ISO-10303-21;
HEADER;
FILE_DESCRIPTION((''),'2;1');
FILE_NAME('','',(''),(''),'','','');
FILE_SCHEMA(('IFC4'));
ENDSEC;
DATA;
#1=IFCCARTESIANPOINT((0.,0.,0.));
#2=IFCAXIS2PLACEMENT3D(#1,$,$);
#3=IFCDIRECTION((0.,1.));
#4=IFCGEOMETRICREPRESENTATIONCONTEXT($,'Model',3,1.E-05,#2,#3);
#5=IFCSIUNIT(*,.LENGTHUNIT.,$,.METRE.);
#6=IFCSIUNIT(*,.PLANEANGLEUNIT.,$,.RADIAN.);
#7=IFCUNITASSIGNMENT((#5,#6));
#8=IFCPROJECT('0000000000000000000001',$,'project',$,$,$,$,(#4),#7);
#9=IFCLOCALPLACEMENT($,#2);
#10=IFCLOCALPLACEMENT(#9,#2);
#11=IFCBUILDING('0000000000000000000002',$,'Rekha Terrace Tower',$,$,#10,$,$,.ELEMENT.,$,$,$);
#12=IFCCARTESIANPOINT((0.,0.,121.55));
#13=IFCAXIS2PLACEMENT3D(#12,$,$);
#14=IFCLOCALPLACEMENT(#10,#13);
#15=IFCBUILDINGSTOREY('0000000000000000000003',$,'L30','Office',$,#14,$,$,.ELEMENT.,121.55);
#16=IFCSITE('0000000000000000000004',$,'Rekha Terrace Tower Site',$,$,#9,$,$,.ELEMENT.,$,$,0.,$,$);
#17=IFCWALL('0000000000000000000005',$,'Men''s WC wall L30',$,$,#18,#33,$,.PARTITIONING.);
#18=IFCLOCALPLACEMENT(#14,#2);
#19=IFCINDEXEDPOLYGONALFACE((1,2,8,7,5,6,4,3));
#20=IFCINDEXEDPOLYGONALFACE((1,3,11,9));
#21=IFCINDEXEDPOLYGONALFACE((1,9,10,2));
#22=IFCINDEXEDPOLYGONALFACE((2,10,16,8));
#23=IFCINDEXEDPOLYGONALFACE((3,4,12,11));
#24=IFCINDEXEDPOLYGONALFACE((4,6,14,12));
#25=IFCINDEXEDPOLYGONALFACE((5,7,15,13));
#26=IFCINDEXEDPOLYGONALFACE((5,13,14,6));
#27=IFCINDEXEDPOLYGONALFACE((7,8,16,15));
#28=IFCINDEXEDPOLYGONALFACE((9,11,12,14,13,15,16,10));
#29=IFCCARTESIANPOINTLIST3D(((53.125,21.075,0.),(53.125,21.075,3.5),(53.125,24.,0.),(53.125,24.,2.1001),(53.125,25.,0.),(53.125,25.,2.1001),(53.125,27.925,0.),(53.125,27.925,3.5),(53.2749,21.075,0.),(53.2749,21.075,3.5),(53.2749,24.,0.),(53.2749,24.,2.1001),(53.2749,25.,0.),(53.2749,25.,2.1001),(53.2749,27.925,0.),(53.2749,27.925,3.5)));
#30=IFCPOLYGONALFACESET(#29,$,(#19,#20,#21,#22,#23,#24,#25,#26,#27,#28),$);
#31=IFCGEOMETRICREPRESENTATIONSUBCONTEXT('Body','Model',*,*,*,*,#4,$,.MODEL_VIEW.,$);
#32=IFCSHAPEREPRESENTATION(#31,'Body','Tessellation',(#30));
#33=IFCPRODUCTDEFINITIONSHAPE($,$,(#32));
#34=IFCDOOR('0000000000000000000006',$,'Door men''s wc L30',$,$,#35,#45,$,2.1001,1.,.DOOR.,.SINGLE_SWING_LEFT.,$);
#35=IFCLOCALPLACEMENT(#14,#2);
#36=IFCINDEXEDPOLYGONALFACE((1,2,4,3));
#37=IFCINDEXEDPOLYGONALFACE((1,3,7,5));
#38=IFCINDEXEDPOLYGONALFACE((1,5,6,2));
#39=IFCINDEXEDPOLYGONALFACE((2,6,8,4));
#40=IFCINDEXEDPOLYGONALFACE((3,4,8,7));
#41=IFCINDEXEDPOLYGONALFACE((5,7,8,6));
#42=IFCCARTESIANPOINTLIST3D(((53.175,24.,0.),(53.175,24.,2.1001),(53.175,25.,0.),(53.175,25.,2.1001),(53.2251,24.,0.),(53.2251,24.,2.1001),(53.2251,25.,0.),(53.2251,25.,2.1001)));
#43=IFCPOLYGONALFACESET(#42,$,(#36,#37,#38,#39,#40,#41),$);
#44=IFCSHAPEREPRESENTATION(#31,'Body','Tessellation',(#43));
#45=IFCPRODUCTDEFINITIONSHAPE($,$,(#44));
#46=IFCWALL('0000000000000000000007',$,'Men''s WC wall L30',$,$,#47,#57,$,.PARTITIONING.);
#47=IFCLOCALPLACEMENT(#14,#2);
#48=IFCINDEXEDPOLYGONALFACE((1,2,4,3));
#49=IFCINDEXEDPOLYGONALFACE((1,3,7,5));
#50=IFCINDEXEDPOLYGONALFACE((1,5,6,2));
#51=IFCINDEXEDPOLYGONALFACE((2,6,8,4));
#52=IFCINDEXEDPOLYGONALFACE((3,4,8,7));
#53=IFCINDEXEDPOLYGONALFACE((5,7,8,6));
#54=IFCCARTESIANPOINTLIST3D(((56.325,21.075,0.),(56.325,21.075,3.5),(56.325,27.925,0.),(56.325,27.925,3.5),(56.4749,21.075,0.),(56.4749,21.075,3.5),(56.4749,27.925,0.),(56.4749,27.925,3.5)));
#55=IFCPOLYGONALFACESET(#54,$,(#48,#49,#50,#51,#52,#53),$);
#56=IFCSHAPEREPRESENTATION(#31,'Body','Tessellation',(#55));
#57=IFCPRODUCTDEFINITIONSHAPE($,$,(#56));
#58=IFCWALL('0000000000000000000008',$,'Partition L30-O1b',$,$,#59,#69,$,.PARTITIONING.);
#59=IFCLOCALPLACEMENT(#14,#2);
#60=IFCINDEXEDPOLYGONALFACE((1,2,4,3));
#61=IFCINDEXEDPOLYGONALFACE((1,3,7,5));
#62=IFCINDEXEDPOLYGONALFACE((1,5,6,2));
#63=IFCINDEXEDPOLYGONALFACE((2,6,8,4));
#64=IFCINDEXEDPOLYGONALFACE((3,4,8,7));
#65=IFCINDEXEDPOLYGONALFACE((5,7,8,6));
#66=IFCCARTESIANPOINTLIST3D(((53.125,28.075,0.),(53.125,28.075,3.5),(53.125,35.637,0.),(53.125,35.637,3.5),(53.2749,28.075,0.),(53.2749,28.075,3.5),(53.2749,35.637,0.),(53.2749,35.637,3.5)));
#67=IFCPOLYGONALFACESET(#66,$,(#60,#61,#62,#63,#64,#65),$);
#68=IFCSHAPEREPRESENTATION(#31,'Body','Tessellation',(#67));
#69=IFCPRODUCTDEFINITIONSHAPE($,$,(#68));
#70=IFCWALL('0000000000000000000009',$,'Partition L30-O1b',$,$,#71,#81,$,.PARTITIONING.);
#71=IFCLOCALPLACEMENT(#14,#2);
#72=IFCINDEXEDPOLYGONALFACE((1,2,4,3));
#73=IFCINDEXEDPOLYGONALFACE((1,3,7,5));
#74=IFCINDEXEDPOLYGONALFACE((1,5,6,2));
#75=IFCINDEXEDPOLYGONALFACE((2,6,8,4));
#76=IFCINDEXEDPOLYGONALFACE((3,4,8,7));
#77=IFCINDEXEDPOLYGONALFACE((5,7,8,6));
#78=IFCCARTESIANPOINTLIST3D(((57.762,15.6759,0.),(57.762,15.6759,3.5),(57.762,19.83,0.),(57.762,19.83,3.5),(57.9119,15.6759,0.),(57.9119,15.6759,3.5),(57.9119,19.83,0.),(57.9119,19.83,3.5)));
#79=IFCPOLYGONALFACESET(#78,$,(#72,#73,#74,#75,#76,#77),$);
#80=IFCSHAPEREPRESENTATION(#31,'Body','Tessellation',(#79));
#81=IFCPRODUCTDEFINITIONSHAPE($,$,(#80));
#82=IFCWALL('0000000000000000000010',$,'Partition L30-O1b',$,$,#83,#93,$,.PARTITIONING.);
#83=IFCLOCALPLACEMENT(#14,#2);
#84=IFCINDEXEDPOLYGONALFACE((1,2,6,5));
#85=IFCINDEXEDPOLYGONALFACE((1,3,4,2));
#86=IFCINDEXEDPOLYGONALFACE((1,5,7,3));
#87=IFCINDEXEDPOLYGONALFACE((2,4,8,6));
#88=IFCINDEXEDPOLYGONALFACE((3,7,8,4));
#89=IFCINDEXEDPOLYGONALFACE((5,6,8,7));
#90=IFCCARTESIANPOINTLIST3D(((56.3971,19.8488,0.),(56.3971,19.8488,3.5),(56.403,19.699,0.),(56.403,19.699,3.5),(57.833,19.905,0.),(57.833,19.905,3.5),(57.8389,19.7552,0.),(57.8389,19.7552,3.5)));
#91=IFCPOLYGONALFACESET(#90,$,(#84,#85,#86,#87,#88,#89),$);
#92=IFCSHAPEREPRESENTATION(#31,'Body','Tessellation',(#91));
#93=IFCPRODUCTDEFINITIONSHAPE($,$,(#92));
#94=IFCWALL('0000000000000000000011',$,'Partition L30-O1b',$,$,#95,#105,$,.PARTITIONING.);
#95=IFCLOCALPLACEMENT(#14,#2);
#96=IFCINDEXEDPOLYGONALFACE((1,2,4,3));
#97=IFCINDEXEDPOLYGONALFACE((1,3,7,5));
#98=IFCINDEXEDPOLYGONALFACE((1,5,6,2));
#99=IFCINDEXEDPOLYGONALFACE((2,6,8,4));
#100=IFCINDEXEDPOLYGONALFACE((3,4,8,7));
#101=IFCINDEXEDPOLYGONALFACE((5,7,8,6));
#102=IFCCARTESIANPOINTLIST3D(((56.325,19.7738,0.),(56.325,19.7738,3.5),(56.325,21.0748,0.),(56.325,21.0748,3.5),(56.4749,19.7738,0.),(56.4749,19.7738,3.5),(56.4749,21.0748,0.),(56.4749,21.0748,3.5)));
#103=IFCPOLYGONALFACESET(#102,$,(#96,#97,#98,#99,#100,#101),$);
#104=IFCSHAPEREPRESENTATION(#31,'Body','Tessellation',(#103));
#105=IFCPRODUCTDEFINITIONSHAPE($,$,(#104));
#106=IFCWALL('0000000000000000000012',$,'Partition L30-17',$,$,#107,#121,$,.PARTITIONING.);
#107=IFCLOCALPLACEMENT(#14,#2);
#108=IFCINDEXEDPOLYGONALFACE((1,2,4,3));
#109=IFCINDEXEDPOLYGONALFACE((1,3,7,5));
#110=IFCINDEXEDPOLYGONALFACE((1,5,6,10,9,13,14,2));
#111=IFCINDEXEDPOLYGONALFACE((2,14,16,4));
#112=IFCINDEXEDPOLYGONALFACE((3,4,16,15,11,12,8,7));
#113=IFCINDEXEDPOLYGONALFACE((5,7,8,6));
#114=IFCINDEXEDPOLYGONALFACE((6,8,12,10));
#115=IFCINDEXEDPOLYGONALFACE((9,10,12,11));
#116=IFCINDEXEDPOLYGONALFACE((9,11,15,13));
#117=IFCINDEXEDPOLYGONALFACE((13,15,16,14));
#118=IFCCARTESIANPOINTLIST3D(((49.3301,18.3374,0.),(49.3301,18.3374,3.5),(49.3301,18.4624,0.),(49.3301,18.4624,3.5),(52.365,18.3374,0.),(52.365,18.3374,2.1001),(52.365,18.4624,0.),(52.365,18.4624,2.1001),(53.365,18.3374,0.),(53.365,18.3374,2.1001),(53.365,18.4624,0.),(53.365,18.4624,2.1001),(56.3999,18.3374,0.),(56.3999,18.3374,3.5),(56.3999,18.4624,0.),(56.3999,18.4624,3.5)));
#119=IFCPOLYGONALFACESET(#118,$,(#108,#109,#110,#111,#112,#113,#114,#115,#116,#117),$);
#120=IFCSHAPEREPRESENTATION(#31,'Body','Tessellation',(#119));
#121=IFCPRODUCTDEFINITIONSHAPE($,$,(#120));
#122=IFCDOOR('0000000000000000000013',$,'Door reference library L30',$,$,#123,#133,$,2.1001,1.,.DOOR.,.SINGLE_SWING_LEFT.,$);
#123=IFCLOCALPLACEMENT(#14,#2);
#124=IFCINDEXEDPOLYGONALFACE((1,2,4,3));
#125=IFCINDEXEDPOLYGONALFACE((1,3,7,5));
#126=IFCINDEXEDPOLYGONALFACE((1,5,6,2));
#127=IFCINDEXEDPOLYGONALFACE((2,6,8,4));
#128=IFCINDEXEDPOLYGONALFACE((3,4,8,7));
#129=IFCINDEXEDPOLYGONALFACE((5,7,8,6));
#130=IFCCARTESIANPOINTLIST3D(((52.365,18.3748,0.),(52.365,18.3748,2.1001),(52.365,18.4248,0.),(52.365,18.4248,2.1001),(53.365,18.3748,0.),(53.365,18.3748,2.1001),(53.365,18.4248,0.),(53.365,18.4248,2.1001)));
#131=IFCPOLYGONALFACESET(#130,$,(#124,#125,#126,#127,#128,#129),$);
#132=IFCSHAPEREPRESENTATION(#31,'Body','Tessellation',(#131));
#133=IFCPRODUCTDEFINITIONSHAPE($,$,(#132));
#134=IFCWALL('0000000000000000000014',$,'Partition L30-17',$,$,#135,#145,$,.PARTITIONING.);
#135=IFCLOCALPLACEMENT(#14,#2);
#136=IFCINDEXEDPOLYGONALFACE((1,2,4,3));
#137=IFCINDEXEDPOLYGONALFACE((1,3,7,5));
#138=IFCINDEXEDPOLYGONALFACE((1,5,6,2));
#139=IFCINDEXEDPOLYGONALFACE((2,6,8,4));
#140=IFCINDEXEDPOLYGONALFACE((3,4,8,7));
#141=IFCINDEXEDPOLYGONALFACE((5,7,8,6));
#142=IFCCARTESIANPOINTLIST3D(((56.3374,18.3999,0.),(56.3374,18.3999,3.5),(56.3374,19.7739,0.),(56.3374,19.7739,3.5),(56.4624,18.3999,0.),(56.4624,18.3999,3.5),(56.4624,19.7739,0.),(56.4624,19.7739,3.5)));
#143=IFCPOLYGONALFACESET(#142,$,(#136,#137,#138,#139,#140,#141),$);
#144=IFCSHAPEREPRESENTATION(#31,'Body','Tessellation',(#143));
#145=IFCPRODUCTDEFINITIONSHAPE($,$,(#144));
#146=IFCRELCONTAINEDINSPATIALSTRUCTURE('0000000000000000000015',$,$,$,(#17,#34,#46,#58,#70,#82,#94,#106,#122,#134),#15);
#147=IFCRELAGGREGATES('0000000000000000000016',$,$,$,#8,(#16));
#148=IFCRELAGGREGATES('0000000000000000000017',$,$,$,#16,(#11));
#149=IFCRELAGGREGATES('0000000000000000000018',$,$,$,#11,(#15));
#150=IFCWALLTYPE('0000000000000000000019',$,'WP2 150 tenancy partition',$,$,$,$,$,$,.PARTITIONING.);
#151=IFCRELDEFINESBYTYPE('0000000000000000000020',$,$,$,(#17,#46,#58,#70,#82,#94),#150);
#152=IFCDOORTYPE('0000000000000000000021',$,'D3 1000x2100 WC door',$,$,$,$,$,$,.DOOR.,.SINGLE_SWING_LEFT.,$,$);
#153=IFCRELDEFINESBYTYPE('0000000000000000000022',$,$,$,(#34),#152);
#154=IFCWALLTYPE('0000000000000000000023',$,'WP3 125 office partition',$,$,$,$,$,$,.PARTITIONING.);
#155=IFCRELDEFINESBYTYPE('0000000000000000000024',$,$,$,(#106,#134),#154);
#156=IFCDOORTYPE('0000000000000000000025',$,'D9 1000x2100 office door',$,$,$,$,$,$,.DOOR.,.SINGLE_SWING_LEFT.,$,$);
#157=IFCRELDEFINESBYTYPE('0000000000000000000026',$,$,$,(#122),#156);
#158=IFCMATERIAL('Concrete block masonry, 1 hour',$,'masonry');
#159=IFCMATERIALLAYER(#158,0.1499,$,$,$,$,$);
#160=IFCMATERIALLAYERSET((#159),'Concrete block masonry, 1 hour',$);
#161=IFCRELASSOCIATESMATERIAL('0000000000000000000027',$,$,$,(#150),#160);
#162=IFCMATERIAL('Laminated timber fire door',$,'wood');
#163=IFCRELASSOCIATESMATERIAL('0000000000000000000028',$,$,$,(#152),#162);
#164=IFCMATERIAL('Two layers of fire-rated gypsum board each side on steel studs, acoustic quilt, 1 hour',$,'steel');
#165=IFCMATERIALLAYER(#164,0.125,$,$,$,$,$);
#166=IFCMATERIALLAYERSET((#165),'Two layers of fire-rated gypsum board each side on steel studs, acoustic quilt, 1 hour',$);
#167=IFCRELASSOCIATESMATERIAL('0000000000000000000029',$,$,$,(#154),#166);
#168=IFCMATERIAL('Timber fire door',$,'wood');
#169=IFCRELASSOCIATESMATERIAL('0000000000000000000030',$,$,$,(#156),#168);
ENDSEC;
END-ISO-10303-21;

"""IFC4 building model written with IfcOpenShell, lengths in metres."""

from ifc_helpers import new_model, si_unit, direction, frame, frame_2d, origin, place, context, subcontext, project, spatial, rectangle, extrude, material, layer, layer_set, type_object, element, fill, save


model = new_model("IFC4")

# Units and contexts
model_context = context("Model", 3, precision=1e-05, world=origin(), true_north=direction((0.0, 1.0)))
body_context = subcontext(model_context, "Body", "Model", "MODEL_VIEW")
ifc_project = project(units=[si_unit("LENGTHUNIT", "METRE"), si_unit("PLANEANGLEUNIT", "RADIAN")], contexts=[model_context])

# Site, building, storey
site_placement = place(None, origin())
site = spatial("IfcSite", under=ifc_project, at=site_placement, Name="Rekha Terrace Tower Site", CompositionType="ELEMENT", RefElevation=0.0)
building_placement = place(site_placement, origin())
building = spatial("IfcBuilding", under=site, at=building_placement, Name="Rekha Terrace Tower", CompositionType="ELEMENT")
storey_placement = place(building_placement, frame((0.0, 0.0, 121.55)))
storey = spatial("IfcBuildingStorey", under=building, at=storey_placement, Name="L30", Description="Office", CompositionType="ELEMENT", Elevation=121.55)

# Shared definitions
ifc_material_1 = material(Name="Concrete block masonry, 1 hour", Category="masonry")
ifc_layer_1 = layer(ifc_material_1, 0.1499)
ifc_layer_set_1 = layer_set([ifc_layer_1], Name="Concrete block masonry, 1 hour")
wall_type_1 = type_object("IfcWallType", Name="WP2 150 tenancy partition", PredefinedType="PARTITIONING", material=ifc_layer_set_1)

# Wall, opening, door
wall_1_placement = place(storey_placement, frame((53.2, 21.075, 0.0), z_axis=(0.0, 0.0, 1.0), x_axis=(0.0, 1.0, 0.0)))
wall_1 = element("IfcWall", 1, at=wall_1_placement, inside=storey, type_object=wall_type_1, Name="Men's WC wall L30", PredefinedType="PARTITIONING", context=body_context, shape_type="SweptSolid", body=[
    extrude(rectangle(XDim=6.8501, YDim=0.1499, at=frame_2d((3.425, 0.0))), origin(), (0.0, 0.0, 1.0), 3.5),
])
opening_1_placement = place(wall_1_placement, frame((2.925, 0.0, 0.0)))
opening_1 = element("IfcOpeningElement", 2, at=opening_1_placement, cuts=wall_1, PredefinedType="OPENING", context=body_context, shape_type="SweptSolid", body=[
    extrude(rectangle(XDim=1.0, YDim=2.1001, at=frame_2d((0.5, 1.05))), frame((0.0, 0.085, 0.0), z_axis=(0.0, -1.0, 0.0), x_axis=(1.0, 0.0, 0.0)), (0.0, 0.0, 1.0), 0.1699),
])
ifc_material_2 = material(Name="Laminated timber fire door", Category="wood")
door_type_1 = type_object("IfcDoorType", Name="D3 1000x2100 WC door", OperationType="SINGLE_SWING_LEFT", PredefinedType="DOOR", material=ifc_material_2)
door_1_placement = place(opening_1_placement, origin())
door_1 = element("IfcDoor", 3, at=door_1_placement, inside=storey, type_object=door_type_1, Name="Door men's wc L30", OperationType="SINGLE_SWING_LEFT", OverallHeight=2.1001, OverallWidth=1.0, PredefinedType="DOOR", context=body_context, shape_type="SweptSolid", body=[
    extrude(rectangle(XDim=1.0, YDim=2.1001, at=frame_2d((0.5, 1.05))), frame((0.0, 0.0249, 0.0), z_axis=(0.0, -1.0, 0.0), x_axis=(1.0, 0.0, 0.0)), (0.0, 0.0, 1.0), 0.05),
])
fill(opening_1, door_1)

# Walls
wall_2_placement = place(storey_placement, frame((56.3999, 21.075, 0.0), z_axis=(0.0, 0.0, 1.0), x_axis=(0.0, 1.0, 0.0)))
element("IfcWall", 4, at=wall_2_placement, inside=storey, type_object=wall_type_1, Name="Men's WC wall L30", PredefinedType="PARTITIONING", context=body_context, shape_type="SweptSolid", body=[
    extrude(rectangle(XDim=6.8501, YDim=0.1499, at=frame_2d((3.425, 0.0))), origin(), (0.0, 0.0, 1.0), 3.5),
])
wall_3_placement = place(storey_placement, frame((53.2, 28.075, 0.0), z_axis=(0.0, 0.0, 1.0), x_axis=(0.0, 1.0, 0.0)))
element("IfcWall", 5, at=wall_3_placement, inside=storey, type_object=wall_type_1, Name="Partition L30-O1b", PredefinedType="PARTITIONING", context=body_context, shape_type="SweptSolid", body=[
    extrude(rectangle(XDim=7.562, YDim=0.1499, at=frame_2d((3.781, 0.0))), origin(), (0.0, 0.0, 1.0), 3.5),
])
wall_4_placement = place(storey_placement, frame((57.8369, 19.8301, 0.0), z_axis=(0.0, 0.0, 1.0), x_axis=(0.0, -1.0, 0.0)))
element("IfcWall", 6, at=wall_4_placement, inside=storey, type_object=wall_type_1, Name="Partition L30-O1b", PredefinedType="PARTITIONING", context=body_context, shape_type="SweptSolid", body=[
    extrude(rectangle(XDim=4.1541, YDim=0.1499, at=frame_2d((2.0771, 0.0))), origin(), (0.0, 0.0, 1.0), 3.5),
])
wall_5_placement = place(storey_placement, frame((57.8359, 19.8301, 0.0), z_axis=(0.0, 0.0, 1.0), x_axis=(-0.999236, -0.039072, 0.0)))
element("IfcWall", 7, at=wall_5_placement, inside=storey, type_object=wall_type_1, Name="Partition L30-O1b", PredefinedType="PARTITIONING", context=body_context, shape_type="SweptSolid", body=[
    extrude(rectangle(XDim=1.437, YDim=0.1499, at=frame_2d((0.7185, 0.0))), origin(), (0.0, 0.0, 1.0), 3.5),
])
wall_6_placement = place(storey_placement, frame((56.3999, 19.7739, 0.0), z_axis=(0.0, 0.0, 1.0), x_axis=(0.0, 1.0, 0.0)))
element("IfcWall", 8, at=wall_6_placement, inside=storey, type_object=wall_type_1, Name="Partition L30-O1b", PredefinedType="PARTITIONING", context=body_context, shape_type="SweptSolid", body=[
    extrude(rectangle(XDim=1.301, YDim=0.1499, at=frame_2d((0.6504, 0.0))), origin(), (0.0, 0.0, 1.0), 3.5),
])

# Wall, opening, door
ifc_material_3 = material(Name="Two layers of fire-rated gypsum board each side on steel studs, acoustic quilt, 1 hour", Category="steel")
ifc_layer_2 = layer(ifc_material_3, 0.125)
ifc_layer_set_2 = layer_set([ifc_layer_2], Name="Two layers of fire-rated gypsum board each side on steel studs, acoustic quilt, 1 hour")
wall_type_2 = type_object("IfcWallType", Name="WP3 125 office partition", PredefinedType="PARTITIONING", material=ifc_layer_set_2)
wall_7_placement = place(storey_placement, frame((49.3301, 18.3999, 0.0), z_axis=(0.0, 0.0, 1.0), x_axis=(1.0, 0.0, 0.0)))
wall_7 = element("IfcWall", 9, at=wall_7_placement, inside=storey, type_object=wall_type_2, Name="Partition L30-17", PredefinedType="PARTITIONING", context=body_context, shape_type="SweptSolid", body=[
    extrude(rectangle(XDim=7.0698, YDim=0.125, at=frame_2d((3.5349, 0.0))), origin(), (0.0, 0.0, 1.0), 3.5),
])
opening_2_placement = place(wall_7_placement, frame((3.0349, 0.0, 0.0)))
opening_2 = element("IfcOpeningElement", 10, at=opening_2_placement, cuts=wall_7, PredefinedType="OPENING", context=body_context, shape_type="SweptSolid", body=[
    extrude(rectangle(XDim=1.0, YDim=2.1001, at=frame_2d((0.5, 1.05))), frame((0.0, 0.0725, 0.0), z_axis=(0.0, -1.0, 0.0), x_axis=(1.0, 0.0, 0.0)), (0.0, 0.0, 1.0), 0.145),
])
ifc_material_4 = material(Name="Timber fire door", Category="wood")
door_type_2 = type_object("IfcDoorType", Name="D9 1000x2100 office door", OperationType="SINGLE_SWING_LEFT", PredefinedType="DOOR", material=ifc_material_4)
door_2_placement = place(opening_2_placement, origin())
door_2 = element("IfcDoor", 11, at=door_2_placement, inside=storey, type_object=door_type_2, Name="Door reference library L30", OperationType="SINGLE_SWING_LEFT", OverallHeight=2.1001, OverallWidth=1.0, PredefinedType="DOOR", context=body_context, shape_type="SweptSolid", body=[
    extrude(rectangle(XDim=1.0, YDim=2.1001, at=frame_2d((0.5, 1.05))), frame((0.0, 0.0249, 0.0), z_axis=(0.0, -1.0, 0.0), x_axis=(1.0, 0.0, 0.0)), (0.0, 0.0, 1.0), 0.05),
])
fill(opening_2, door_2)

# Wall
wall_8_placement = place(storey_placement, frame((56.3999, 18.3999, 0.0), z_axis=(0.0, 0.0, 1.0), x_axis=(0.0, 1.0, 0.0)))
element("IfcWall", 12, at=wall_8_placement, inside=storey, type_object=wall_type_2, Name="Partition L30-17", PredefinedType="PARTITIONING", context=body_context, shape_type="SweptSolid", body=[
    extrude(rectangle(XDim=1.374, YDim=0.125, at=frame_2d((0.687, 0.0))), origin(), (0.0, 0.0, 1.0), 3.5),
])

save(model, "model.ifc")
